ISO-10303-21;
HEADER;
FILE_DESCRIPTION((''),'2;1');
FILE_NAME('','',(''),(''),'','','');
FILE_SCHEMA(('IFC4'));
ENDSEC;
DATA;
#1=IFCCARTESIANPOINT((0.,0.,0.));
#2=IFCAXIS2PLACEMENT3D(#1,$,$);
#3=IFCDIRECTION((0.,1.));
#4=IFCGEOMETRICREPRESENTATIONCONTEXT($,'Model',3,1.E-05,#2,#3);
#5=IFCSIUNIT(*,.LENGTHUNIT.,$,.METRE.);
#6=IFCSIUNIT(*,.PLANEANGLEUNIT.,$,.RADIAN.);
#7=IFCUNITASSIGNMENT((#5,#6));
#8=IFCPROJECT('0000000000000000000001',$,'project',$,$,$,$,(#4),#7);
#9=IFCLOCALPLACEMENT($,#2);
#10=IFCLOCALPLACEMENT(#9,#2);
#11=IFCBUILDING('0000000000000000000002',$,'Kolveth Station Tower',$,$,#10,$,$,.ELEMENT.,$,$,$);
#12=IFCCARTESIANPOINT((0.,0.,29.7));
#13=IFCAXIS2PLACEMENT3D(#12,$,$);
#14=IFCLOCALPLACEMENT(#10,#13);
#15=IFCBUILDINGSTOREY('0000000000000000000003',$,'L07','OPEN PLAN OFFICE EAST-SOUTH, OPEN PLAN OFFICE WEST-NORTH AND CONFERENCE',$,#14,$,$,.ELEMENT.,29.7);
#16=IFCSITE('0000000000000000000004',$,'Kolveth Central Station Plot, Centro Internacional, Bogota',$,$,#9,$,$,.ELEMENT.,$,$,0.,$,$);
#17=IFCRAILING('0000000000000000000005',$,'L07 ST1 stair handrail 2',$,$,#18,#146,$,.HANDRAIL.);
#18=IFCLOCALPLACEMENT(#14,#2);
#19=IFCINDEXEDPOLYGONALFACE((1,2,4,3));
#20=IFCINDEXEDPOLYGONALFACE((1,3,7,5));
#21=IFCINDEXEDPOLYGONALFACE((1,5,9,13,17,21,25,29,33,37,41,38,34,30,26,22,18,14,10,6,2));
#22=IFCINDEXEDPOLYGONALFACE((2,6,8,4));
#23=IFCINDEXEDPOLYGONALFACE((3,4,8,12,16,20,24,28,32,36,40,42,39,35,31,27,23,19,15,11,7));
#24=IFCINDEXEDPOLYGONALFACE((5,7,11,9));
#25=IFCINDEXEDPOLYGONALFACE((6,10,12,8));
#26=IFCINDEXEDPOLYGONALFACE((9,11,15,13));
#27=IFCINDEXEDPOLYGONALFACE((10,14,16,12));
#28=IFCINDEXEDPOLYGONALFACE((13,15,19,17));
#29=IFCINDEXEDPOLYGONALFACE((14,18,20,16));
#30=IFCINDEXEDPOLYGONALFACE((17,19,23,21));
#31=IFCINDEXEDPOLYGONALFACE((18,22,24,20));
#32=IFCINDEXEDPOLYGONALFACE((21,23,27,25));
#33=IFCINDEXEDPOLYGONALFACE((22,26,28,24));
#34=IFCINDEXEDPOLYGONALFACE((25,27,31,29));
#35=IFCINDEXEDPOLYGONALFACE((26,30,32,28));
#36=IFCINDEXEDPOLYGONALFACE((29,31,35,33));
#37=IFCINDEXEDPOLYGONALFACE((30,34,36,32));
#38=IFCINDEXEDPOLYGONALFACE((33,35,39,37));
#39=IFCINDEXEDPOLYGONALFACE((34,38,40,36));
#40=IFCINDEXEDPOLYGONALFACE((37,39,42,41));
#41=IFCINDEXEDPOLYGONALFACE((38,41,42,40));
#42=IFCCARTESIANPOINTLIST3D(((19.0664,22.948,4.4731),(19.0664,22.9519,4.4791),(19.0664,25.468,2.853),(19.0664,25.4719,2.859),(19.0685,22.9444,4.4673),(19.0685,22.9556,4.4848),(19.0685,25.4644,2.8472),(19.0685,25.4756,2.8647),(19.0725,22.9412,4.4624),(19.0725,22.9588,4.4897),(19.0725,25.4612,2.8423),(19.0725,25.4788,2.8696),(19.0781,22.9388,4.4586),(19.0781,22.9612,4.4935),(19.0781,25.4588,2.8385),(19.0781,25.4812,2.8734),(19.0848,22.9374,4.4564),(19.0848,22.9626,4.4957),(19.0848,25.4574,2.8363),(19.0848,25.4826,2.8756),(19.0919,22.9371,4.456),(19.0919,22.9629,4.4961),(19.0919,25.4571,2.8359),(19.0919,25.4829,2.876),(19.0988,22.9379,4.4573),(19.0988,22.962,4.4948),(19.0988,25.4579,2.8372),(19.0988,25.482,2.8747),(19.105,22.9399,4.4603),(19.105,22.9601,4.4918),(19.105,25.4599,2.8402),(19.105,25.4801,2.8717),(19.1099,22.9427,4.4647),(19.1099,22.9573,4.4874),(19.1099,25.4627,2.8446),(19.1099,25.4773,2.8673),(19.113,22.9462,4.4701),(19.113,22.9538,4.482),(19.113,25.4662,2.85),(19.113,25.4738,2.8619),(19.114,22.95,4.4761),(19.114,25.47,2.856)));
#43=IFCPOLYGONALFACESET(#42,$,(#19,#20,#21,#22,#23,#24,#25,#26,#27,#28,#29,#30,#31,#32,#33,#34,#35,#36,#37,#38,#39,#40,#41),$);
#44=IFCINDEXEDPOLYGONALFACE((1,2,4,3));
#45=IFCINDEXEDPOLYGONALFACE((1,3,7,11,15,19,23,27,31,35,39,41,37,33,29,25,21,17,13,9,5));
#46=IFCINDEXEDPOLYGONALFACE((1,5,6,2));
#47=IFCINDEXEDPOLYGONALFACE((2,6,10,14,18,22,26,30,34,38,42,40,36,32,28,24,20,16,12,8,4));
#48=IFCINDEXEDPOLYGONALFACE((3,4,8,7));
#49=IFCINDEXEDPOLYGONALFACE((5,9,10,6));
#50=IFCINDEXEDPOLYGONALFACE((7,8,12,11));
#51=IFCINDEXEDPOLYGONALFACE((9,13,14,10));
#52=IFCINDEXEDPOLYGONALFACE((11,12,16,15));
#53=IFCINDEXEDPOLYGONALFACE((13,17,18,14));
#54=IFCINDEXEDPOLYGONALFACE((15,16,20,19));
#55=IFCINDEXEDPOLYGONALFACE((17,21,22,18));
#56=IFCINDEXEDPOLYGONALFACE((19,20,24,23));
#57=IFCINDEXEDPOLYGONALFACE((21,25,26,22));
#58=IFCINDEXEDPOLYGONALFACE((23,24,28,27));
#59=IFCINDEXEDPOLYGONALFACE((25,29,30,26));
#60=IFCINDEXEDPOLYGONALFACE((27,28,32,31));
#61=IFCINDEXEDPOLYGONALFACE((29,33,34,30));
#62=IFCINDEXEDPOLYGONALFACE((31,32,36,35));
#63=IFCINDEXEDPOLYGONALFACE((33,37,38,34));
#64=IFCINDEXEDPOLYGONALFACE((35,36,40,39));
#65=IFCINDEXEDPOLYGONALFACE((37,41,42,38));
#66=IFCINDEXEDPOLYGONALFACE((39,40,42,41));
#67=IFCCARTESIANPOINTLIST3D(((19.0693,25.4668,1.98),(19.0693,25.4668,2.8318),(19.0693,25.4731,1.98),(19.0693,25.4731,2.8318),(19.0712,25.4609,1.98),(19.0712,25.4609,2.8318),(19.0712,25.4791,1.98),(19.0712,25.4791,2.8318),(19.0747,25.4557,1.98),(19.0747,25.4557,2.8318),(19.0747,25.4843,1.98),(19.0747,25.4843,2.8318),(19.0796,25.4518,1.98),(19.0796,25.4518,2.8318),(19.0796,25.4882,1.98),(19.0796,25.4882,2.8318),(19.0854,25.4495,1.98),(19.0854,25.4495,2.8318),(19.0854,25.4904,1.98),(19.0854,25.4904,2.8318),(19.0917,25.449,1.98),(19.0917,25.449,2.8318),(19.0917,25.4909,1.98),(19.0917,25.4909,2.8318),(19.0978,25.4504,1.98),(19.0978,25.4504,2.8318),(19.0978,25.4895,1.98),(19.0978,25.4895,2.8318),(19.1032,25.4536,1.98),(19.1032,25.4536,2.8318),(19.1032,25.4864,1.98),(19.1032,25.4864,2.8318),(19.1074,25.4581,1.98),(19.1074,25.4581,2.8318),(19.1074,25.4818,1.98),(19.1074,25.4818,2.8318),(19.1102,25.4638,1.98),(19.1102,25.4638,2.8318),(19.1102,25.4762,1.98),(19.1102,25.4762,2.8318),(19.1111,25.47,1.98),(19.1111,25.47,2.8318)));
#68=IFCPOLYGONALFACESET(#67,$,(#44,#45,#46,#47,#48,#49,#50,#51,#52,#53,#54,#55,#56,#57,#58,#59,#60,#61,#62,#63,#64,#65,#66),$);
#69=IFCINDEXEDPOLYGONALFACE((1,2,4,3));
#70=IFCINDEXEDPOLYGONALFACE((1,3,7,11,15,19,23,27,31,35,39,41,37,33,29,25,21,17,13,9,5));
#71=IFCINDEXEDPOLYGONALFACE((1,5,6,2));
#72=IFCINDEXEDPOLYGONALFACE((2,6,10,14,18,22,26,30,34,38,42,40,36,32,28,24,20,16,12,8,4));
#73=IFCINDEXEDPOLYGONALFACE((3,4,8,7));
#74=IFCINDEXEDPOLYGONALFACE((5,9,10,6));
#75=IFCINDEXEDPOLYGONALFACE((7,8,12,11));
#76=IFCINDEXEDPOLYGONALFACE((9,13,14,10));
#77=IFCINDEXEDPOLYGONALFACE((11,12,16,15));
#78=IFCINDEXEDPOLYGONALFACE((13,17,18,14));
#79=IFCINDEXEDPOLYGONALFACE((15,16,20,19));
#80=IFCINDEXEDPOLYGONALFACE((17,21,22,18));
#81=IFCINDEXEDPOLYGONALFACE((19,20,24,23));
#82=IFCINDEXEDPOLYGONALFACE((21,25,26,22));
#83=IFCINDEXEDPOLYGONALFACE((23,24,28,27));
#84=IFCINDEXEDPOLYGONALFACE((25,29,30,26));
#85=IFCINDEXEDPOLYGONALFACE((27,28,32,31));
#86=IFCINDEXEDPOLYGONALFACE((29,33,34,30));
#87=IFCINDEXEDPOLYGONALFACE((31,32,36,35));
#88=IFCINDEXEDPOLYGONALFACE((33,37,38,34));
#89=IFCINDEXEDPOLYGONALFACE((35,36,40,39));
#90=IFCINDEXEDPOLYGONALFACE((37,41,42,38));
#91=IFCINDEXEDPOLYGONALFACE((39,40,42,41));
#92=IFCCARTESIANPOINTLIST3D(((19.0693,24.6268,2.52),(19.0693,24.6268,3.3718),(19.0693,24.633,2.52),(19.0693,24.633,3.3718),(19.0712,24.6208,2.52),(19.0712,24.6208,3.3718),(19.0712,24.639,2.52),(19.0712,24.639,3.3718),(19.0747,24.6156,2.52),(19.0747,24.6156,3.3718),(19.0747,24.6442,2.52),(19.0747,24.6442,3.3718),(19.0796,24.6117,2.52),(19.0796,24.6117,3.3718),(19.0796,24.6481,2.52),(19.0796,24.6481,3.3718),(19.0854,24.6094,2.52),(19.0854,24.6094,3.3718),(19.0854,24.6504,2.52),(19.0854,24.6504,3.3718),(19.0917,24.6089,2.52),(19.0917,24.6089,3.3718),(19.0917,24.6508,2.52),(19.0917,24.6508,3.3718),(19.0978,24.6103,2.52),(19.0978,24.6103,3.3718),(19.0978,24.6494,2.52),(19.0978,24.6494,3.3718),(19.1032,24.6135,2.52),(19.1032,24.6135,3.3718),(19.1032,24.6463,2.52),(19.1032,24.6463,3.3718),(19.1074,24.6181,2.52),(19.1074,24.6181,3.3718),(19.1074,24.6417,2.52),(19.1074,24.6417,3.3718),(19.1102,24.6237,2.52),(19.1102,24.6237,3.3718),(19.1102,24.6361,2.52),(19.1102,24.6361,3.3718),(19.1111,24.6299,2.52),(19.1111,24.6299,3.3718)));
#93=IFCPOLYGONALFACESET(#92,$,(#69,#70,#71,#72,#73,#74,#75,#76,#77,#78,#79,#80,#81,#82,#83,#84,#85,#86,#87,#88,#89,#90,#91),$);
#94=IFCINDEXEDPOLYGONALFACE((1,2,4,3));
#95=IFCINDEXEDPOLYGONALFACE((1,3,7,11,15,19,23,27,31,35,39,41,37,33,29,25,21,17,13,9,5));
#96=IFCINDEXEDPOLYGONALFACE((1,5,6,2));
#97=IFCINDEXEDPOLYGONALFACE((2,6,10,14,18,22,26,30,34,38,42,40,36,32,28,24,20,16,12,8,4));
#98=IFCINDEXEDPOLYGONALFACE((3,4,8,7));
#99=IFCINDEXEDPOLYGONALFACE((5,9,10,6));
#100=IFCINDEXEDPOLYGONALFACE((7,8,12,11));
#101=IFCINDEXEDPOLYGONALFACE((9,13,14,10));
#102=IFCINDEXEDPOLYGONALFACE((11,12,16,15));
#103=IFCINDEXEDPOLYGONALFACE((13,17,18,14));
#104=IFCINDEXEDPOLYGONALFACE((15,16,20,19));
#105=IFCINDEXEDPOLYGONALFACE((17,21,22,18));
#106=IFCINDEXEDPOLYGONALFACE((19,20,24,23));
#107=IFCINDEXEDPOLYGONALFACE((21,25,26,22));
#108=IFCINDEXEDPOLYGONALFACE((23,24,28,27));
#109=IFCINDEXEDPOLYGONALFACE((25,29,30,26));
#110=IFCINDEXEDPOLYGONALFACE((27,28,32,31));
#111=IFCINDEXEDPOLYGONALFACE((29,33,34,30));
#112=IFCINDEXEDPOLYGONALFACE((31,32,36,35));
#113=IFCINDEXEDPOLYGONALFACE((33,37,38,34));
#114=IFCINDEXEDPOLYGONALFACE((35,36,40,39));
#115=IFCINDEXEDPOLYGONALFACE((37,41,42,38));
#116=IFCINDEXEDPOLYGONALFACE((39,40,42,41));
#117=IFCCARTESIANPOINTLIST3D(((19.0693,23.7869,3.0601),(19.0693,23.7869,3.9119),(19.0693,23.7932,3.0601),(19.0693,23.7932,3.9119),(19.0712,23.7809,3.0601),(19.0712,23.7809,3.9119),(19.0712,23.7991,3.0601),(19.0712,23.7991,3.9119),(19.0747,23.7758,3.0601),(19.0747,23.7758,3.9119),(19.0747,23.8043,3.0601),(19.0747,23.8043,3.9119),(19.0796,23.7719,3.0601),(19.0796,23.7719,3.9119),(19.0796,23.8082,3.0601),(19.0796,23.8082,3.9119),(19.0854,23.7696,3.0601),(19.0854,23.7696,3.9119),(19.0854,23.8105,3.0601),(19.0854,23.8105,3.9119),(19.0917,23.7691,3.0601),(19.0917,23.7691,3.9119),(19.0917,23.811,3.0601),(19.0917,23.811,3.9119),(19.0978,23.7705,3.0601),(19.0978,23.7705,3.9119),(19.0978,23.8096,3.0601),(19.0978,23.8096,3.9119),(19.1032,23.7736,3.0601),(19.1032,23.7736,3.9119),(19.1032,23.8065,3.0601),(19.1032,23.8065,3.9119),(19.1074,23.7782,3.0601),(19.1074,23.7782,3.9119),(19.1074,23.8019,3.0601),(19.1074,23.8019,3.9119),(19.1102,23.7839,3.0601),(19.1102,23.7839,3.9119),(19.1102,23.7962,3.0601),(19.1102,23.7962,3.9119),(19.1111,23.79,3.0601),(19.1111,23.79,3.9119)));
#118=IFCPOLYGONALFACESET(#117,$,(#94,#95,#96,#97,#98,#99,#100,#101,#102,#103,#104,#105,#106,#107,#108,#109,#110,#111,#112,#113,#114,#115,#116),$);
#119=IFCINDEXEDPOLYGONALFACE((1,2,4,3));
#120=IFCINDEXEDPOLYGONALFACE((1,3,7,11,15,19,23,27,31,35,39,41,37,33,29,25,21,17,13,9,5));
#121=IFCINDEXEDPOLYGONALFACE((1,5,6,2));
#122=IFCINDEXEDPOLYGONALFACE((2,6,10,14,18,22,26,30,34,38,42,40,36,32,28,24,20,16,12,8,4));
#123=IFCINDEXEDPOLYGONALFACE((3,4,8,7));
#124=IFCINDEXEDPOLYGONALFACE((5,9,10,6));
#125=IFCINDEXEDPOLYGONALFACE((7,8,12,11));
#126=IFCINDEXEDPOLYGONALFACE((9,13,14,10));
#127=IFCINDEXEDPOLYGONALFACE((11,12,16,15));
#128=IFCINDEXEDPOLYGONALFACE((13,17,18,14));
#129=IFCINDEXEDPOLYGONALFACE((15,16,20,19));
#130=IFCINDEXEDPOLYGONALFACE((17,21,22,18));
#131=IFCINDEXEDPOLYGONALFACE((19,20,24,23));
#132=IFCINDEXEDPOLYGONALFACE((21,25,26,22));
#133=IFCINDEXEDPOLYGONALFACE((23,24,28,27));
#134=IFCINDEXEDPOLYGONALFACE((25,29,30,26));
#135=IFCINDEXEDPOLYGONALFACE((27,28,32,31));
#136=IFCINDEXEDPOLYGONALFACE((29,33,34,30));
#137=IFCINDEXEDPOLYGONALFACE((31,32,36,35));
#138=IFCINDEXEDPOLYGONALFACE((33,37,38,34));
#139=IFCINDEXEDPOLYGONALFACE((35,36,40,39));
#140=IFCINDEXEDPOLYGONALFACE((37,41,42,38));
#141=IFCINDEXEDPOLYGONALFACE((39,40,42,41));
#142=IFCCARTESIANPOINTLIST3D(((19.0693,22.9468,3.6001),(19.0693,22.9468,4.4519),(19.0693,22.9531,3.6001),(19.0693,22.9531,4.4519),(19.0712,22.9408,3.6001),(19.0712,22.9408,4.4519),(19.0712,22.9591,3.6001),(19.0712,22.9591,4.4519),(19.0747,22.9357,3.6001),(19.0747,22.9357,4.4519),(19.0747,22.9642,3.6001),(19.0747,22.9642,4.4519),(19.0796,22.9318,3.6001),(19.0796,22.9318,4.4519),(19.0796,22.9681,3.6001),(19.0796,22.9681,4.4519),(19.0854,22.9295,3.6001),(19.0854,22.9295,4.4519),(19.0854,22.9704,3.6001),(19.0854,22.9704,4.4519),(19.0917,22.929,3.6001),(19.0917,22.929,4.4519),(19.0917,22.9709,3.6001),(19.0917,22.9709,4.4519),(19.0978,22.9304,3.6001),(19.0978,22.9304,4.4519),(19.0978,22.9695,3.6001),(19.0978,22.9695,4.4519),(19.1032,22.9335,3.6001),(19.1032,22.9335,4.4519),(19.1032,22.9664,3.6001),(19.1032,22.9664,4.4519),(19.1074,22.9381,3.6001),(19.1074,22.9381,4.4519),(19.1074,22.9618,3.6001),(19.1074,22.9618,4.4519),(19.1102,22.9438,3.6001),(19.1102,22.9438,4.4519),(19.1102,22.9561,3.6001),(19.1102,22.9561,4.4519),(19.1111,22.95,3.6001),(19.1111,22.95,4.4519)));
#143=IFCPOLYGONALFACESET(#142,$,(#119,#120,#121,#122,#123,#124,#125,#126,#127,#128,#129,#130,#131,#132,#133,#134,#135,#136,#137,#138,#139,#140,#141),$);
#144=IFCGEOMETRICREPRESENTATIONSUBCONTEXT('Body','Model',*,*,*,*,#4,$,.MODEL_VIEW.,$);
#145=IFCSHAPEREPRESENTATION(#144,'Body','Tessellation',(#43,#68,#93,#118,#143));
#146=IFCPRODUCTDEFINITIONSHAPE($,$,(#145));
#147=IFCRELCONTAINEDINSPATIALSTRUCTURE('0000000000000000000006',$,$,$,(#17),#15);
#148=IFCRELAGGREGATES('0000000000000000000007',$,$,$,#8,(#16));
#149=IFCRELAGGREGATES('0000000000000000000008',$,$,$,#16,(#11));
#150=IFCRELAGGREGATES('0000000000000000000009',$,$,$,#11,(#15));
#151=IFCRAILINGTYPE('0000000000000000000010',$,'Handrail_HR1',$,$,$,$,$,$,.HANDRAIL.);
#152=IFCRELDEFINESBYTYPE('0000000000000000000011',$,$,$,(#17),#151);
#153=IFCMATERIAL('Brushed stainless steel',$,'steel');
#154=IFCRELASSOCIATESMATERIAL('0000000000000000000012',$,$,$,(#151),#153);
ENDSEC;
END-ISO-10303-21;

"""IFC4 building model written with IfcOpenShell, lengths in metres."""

from ifc_helpers import new_model, si_unit, direction, frame, origin, origin_2d, place, context, subcontext, project, spatial, circle, extrude, material, type_object, element, save


model = new_model("IFC4")

# Units and contexts
model_context = context("Model", 3, precision=1e-05, world=origin(), true_north=direction((0.0, 1.0)))
body_context = subcontext(model_context, "Body", "Model", "MODEL_VIEW")
ifc_project = project(units=[si_unit("LENGTHUNIT", "METRE"), si_unit("PLANEANGLEUNIT", "RADIAN")], contexts=[model_context])

# Site, building, storey
site_placement = place(None, origin())
site = spatial("IfcSite", under=ifc_project, at=site_placement, Name="Kolveth Central Station Plot, Centro Internacional, Bogota", CompositionType="ELEMENT", RefElevation=0.0)
building_placement = place(site_placement, origin())
building = spatial("IfcBuilding", under=site, at=building_placement, Name="Kolveth Station Tower", CompositionType="ELEMENT")
storey_placement = place(building_placement, frame((0.0, 0.0, 29.7)))
storey = spatial("IfcBuildingStorey", under=building, at=storey_placement, Name="L07", Description="OPEN PLAN OFFICE EAST-SOUTH, OPEN PLAN OFFICE WEST-NORTH AND CONFERENCE", CompositionType="ELEMENT", Elevation=29.7)

# Railing
ifc_material_1 = material(Name="Brushed stainless steel", Category="steel")
railing_type_1 = type_object("IfcRailingType", Name="Handrail_HR1", PredefinedType="HANDRAIL", material=ifc_material_1)
railing_1_placement = place(storey_placement, frame((19.0901, 25.47, 1.98)))
element("IfcRailing", 1, at=railing_1_placement, inside=storey, type_object=railing_type_1, Name="L07 ST1 stair handrail 2", PredefinedType="HANDRAIL", context=body_context, shape_type="SweptSolid", body=[
    extrude(circle(Radius=0.0239, at=origin_2d()), frame((0.0, 0.0, 0.876), z_axis=(0.0, -0.841163, 0.540782), x_axis=(1.0, 0.0, 0.0)), (0.0, 0.0, 1.0), 2.9958),
    extrude(circle(Radius=0.021, at=origin_2d()), origin(), (0.0, 0.0, 1.0), 0.8518),
    extrude(circle(Radius=0.021, at=origin_2d()), frame((0.0, -0.8401, 0.54)), (0.0, 0.0, 1.0), 0.8518),
    extrude(circle(Radius=0.021, at=origin_2d()), frame((0.0, -1.6799, 1.0801)), (0.0, 0.0, 1.0), 0.8518),
    extrude(circle(Radius=0.021, at=origin_2d()), frame((0.0, -2.52, 1.6201)), (0.0, 0.0, 1.0), 0.8518),
])

save(model, "model.ifc")
